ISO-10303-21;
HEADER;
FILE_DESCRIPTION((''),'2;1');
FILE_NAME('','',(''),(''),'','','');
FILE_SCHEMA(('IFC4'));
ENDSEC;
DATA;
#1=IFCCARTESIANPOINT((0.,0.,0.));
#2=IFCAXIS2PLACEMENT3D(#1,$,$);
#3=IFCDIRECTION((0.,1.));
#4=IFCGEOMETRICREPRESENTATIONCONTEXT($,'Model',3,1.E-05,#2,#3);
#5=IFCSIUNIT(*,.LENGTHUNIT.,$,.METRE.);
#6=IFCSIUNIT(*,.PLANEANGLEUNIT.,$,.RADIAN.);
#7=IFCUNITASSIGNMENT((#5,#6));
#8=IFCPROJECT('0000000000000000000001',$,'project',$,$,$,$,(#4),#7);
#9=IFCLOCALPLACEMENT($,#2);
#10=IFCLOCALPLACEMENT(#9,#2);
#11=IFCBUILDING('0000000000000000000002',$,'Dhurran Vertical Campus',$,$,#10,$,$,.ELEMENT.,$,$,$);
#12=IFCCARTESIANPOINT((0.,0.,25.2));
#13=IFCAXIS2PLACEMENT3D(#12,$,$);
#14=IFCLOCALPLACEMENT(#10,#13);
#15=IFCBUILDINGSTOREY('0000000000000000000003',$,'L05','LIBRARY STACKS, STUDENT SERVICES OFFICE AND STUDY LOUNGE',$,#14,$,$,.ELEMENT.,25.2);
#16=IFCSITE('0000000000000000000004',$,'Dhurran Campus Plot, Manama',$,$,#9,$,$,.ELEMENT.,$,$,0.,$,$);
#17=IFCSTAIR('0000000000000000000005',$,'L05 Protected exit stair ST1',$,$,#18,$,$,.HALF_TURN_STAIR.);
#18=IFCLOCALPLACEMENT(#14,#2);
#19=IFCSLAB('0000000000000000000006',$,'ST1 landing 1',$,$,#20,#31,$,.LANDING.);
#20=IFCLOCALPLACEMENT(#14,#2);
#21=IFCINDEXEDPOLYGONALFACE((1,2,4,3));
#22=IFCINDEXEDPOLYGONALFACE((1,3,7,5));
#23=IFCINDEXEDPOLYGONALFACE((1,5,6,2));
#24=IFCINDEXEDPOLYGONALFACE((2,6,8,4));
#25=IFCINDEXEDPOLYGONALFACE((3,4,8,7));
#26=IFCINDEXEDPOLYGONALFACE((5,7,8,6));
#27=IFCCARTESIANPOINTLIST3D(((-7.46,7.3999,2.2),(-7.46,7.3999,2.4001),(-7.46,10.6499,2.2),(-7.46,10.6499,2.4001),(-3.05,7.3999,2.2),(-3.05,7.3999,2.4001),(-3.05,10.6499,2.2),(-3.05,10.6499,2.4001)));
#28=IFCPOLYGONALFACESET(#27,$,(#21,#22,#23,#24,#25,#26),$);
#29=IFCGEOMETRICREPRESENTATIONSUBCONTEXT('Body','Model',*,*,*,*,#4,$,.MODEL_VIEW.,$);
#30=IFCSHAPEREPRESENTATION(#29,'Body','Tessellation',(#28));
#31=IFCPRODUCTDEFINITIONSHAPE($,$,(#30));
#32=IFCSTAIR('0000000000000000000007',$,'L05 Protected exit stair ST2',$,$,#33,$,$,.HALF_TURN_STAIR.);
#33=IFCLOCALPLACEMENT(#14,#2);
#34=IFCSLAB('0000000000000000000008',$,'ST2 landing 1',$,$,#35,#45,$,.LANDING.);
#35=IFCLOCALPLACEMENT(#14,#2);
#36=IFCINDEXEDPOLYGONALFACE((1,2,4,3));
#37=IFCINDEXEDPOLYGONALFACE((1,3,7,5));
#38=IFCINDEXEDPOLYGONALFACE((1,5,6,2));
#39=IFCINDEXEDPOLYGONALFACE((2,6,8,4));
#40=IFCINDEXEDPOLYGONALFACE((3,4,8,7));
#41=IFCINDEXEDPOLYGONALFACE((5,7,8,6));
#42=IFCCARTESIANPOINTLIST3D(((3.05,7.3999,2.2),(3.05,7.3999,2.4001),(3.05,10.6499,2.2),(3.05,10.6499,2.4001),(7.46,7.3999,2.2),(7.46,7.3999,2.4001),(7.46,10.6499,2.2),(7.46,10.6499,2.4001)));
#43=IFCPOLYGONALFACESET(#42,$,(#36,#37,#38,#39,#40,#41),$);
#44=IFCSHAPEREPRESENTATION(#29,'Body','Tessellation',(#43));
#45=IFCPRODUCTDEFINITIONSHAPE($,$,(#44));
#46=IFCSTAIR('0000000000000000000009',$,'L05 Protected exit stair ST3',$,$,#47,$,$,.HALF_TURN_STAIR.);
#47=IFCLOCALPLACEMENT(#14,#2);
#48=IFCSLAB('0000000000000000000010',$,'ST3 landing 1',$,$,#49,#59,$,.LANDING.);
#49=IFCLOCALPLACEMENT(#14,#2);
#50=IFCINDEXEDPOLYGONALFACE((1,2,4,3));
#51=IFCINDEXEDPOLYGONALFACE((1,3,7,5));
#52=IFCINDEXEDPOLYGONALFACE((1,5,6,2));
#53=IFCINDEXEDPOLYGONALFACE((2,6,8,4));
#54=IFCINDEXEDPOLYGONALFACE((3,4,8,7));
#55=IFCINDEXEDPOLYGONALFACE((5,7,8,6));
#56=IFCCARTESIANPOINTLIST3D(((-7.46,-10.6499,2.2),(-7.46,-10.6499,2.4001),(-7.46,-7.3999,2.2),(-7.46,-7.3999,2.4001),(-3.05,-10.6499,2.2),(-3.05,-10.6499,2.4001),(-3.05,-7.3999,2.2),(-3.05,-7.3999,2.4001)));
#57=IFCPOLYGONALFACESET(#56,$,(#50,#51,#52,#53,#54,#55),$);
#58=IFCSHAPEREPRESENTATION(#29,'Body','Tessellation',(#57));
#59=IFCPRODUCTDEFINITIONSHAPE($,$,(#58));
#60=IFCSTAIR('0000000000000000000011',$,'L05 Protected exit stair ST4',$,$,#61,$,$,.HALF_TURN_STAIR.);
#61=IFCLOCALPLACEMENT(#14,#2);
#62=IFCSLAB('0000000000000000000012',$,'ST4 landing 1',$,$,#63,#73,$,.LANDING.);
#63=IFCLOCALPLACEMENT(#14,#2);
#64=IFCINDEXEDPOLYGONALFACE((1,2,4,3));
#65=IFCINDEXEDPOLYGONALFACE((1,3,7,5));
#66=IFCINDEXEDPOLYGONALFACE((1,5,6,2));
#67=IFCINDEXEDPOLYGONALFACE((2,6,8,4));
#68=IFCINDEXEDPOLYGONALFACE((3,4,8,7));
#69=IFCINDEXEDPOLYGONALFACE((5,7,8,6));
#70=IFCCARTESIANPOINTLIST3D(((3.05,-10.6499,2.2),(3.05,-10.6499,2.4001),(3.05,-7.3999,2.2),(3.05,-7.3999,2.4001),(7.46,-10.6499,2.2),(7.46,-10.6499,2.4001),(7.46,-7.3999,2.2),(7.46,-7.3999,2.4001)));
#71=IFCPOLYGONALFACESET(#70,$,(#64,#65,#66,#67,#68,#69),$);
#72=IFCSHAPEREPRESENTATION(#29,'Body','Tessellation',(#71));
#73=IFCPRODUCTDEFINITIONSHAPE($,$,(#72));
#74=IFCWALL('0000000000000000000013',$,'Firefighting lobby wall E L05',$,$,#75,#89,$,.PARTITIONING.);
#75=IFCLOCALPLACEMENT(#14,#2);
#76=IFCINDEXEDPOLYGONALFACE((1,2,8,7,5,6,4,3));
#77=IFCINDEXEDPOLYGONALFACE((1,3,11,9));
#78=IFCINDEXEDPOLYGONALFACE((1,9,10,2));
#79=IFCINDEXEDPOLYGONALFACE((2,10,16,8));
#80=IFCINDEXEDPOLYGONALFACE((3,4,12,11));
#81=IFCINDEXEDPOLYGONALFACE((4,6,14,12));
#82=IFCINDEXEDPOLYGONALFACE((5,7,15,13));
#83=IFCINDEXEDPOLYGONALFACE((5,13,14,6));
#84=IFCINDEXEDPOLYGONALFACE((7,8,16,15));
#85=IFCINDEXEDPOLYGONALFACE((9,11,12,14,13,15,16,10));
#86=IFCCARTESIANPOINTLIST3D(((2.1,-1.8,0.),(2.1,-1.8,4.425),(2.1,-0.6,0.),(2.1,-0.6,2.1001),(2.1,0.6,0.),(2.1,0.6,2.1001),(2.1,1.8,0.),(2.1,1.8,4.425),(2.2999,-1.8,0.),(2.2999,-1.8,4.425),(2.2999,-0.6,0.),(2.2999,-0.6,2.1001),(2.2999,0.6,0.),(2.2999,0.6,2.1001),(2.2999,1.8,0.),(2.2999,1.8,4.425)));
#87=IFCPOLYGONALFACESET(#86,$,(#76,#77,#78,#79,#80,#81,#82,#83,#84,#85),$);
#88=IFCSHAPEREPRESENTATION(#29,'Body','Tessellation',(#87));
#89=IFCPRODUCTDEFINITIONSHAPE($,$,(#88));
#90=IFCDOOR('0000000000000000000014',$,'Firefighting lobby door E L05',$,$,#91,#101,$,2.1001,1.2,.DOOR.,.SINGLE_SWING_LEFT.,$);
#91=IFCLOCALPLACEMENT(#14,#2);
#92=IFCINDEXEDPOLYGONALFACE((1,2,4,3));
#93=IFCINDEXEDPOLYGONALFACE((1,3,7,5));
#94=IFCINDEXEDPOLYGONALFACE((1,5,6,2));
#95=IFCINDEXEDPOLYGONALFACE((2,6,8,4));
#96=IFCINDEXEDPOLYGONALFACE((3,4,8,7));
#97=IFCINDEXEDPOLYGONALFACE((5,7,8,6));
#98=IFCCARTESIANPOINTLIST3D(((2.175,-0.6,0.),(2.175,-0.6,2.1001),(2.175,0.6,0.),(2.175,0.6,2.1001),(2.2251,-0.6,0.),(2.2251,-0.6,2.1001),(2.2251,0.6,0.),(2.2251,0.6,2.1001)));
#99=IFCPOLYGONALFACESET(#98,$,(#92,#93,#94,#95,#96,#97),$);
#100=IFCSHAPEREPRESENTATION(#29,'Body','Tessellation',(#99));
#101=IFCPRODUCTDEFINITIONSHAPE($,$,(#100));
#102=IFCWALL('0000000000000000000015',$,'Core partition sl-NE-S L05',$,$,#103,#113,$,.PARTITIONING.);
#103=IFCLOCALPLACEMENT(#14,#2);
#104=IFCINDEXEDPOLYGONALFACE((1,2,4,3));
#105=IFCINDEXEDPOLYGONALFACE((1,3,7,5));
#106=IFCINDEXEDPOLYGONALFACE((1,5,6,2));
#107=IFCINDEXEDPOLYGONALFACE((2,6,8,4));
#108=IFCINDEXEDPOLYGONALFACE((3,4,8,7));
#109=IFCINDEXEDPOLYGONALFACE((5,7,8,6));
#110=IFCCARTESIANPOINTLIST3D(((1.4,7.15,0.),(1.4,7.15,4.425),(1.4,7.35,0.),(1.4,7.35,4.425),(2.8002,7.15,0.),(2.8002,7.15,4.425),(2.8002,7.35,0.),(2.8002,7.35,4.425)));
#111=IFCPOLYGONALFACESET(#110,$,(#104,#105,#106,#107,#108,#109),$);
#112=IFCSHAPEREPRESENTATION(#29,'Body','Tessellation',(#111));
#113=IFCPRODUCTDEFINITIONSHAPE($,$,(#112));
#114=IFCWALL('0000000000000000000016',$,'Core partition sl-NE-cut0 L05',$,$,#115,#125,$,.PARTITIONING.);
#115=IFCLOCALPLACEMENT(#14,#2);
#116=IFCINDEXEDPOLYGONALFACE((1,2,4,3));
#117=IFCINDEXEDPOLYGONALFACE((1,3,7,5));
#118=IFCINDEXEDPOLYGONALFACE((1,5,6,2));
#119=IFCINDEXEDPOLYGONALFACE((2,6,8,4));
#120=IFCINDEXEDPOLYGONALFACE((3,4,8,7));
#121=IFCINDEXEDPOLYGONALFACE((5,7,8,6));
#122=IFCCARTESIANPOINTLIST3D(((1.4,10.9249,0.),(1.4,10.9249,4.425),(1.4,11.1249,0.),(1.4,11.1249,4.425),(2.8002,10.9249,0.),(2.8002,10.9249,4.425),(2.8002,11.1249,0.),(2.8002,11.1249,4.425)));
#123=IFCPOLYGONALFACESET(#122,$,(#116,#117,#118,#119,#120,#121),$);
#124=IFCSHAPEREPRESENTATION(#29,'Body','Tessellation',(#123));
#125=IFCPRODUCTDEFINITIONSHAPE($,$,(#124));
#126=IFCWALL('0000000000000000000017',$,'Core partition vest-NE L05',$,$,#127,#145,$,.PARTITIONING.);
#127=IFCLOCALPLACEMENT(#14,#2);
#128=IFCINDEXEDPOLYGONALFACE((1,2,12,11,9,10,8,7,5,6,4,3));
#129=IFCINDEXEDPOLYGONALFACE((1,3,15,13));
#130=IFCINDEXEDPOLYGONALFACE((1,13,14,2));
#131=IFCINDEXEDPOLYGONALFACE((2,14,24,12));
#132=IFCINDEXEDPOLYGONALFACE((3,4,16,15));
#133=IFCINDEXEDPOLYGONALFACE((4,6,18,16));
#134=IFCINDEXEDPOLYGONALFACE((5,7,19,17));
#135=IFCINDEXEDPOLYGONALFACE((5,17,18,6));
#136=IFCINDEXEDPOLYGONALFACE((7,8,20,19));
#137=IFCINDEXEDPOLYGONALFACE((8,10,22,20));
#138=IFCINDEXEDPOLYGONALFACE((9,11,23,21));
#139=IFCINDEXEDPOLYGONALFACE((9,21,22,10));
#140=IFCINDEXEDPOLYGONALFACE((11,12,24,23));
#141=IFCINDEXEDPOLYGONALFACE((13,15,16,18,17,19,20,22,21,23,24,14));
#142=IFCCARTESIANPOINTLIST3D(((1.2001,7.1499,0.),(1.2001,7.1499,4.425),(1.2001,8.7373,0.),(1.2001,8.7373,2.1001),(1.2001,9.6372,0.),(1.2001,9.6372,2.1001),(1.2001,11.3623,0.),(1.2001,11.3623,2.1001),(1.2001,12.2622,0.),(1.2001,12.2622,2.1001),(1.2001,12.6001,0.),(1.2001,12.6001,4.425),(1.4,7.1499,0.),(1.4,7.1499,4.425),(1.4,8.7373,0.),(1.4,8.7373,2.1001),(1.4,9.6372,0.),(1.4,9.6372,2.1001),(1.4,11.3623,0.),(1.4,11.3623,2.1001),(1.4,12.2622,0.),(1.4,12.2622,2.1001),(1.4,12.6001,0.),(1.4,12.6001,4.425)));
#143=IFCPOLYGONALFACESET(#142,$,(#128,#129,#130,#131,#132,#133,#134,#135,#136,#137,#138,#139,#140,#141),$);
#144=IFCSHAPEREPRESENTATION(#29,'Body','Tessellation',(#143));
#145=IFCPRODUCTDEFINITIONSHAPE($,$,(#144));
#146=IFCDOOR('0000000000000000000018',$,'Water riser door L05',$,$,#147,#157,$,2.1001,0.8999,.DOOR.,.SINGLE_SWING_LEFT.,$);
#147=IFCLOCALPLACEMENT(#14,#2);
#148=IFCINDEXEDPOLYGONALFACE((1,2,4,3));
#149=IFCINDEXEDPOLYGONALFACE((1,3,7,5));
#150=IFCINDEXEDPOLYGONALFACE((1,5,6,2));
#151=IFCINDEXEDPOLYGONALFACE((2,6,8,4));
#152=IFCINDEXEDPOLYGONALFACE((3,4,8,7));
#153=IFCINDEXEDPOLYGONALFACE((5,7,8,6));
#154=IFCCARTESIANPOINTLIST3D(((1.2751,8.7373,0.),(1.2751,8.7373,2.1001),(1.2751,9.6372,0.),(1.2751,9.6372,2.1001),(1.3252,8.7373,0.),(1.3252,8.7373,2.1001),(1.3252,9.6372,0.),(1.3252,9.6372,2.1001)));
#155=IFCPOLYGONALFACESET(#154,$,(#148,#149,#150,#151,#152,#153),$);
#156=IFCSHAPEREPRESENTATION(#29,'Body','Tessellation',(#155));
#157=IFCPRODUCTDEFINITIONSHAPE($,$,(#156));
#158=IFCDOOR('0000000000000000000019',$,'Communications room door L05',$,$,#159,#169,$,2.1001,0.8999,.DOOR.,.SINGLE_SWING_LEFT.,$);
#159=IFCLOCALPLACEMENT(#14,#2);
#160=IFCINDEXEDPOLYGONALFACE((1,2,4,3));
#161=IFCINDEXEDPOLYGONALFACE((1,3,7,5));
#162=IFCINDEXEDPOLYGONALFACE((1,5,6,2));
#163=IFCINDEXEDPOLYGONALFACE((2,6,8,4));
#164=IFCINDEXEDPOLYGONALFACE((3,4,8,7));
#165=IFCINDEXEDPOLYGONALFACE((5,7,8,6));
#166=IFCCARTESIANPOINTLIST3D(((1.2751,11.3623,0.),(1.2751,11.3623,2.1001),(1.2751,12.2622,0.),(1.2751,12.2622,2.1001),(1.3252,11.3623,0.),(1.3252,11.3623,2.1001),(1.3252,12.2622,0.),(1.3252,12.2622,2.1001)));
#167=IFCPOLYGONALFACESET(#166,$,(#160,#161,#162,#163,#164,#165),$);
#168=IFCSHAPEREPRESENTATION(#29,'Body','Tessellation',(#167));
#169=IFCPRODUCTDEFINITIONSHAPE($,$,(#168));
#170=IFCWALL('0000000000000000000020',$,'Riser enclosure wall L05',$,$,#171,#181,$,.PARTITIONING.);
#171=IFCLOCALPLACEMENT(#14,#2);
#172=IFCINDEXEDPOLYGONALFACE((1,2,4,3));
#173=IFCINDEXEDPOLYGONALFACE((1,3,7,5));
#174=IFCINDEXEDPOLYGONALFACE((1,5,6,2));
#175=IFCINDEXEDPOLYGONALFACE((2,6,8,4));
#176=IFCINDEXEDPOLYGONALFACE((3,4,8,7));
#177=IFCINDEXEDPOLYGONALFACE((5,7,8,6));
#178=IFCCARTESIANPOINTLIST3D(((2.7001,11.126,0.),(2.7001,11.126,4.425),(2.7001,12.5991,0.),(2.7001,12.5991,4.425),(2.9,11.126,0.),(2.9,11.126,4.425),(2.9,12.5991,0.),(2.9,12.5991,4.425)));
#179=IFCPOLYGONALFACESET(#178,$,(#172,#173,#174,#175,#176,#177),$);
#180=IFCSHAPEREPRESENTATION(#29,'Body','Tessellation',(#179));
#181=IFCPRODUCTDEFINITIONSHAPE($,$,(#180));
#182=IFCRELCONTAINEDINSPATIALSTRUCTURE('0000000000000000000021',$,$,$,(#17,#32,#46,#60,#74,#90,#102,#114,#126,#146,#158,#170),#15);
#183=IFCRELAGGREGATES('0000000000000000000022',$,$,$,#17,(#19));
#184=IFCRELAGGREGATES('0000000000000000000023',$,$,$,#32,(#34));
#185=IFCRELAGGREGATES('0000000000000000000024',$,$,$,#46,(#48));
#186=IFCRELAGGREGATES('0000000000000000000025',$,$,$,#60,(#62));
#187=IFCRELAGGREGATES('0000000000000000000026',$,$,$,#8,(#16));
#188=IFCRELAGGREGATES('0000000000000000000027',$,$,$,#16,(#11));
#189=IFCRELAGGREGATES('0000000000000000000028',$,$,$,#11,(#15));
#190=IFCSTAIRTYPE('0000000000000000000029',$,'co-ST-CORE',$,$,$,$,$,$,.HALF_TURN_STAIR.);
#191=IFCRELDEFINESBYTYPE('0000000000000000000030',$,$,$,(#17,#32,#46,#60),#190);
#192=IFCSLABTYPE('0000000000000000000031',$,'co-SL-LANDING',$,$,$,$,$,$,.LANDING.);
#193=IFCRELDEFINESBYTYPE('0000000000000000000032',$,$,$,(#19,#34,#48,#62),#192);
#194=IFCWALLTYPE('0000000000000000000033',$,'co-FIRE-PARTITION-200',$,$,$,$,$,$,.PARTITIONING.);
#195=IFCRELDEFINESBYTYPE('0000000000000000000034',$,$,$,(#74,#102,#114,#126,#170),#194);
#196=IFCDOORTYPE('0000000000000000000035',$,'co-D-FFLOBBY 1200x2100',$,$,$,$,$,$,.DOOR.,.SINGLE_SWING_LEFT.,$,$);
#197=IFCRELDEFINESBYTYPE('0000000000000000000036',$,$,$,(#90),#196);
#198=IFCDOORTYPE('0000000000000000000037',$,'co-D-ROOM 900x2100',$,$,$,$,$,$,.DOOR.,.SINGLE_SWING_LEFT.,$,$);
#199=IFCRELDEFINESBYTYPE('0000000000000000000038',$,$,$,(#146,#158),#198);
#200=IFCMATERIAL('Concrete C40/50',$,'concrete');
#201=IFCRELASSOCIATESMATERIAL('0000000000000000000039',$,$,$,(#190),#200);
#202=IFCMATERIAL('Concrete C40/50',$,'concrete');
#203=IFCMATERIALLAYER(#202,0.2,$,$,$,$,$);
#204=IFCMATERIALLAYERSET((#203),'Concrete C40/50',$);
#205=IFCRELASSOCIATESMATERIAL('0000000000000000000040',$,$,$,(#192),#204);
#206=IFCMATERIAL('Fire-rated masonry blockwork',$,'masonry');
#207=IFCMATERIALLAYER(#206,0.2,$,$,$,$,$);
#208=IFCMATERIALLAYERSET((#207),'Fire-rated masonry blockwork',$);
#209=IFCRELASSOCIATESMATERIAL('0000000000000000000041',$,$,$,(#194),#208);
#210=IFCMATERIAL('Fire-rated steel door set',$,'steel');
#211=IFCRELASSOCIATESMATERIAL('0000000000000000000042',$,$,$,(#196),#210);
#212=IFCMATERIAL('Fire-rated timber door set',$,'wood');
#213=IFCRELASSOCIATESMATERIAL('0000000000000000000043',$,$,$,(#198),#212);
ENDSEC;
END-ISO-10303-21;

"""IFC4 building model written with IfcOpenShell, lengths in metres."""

from ifc_helpers import new_model, si_unit, direction, frame, frame_2d, origin, place, context, subcontext, project, spatial, polyline, rectangle, outline, extrude, material, layer, layer_set, type_object, element, fill, aggregate, save


model = new_model("IFC4")

# Units and contexts
model_context = context("Model", 3, precision=1e-05, world=origin(), true_north=direction((0.0, 1.0)))
body_context = subcontext(model_context, "Body", "Model", "MODEL_VIEW")
ifc_project = project(units=[si_unit("LENGTHUNIT", "METRE"), si_unit("PLANEANGLEUNIT", "RADIAN")], contexts=[model_context])

# Site, building, storey
site_placement = place(None, origin())
site = spatial("IfcSite", under=ifc_project, at=site_placement, Name="Dhurran Campus Plot, Manama", CompositionType="ELEMENT", RefElevation=0.0)
building_placement = place(site_placement, origin())
building = spatial("IfcBuilding", under=site, at=building_placement, Name="Dhurran Vertical Campus", CompositionType="ELEMENT")
storey_placement = place(building_placement, frame((0.0, 0.0, 25.2)))
storey = spatial("IfcBuildingStorey", under=building, at=storey_placement, Name="L05", Description="LIBRARY STACKS, STUDENT SERVICES OFFICE AND STUDY LOUNGE", CompositionType="ELEMENT", Elevation=25.2)

# Stairs, slabs
ifc_material_1 = material(Name="Concrete C40/50", Category="concrete")
stair_type = type_object("IfcStairType", Name="co-ST-CORE", PredefinedType="HALF_TURN_STAIR", material=ifc_material_1)
stair_1_placement = place(storey_placement, origin())
stair_1 = element("IfcStair", 1, at=stair_1_placement, inside=storey, type_object=stair_type, Name="L05 Protected exit stair ST1", PredefinedType="HALF_TURN_STAIR")
ifc_material_2 = material(Name="Concrete C40/50", Category="concrete")
ifc_layer_1 = layer(ifc_material_2, 0.2)
ifc_layer_set_1 = layer_set([ifc_layer_1], Name="Concrete C40/50")
slab_type = type_object("IfcSlabType", Name="co-SL-LANDING", PredefinedType="LANDING", material=ifc_layer_set_1)
slab_1_placement = place(storey_placement, frame((0.0, 0.0, 2.2)))
slab_1 = element("IfcSlab", 2, at=slab_1_placement, type_object=slab_type, Name="ST1 landing 1", PredefinedType="LANDING", context=body_context, shape_type="SweptSolid", body=[
    extrude(outline(polyline([(-7.46, 7.3999), (-3.05, 7.3999), (-3.05, 10.6499), (-7.46, 10.6499), (-7.46, 7.3999)])), origin(), (0.0, 0.0, 1.0), 0.2002),
])
aggregate(stair_1, [slab_1])
stair_2_placement = place(storey_placement, origin())
stair_2 = element("IfcStair", 3, at=stair_2_placement, inside=storey, type_object=stair_type, Name="L05 Protected exit stair ST2", PredefinedType="HALF_TURN_STAIR")
slab_2_placement = place(storey_placement, frame((0.0, 0.0, 2.2)))
slab_2 = element("IfcSlab", 4, at=slab_2_placement, type_object=slab_type, Name="ST2 landing 1", PredefinedType="LANDING", context=body_context, shape_type="SweptSolid", body=[
    extrude(outline(polyline([(7.46, 10.6499), (3.05, 10.6499), (3.05, 7.3999), (7.46, 7.3999), (7.46, 10.6499)])), origin(), (0.0, 0.0, 1.0), 0.2002),
])
aggregate(stair_2, [slab_2])
stair_3_placement = place(storey_placement, origin())
stair_3 = element("IfcStair", 5, at=stair_3_placement, inside=storey, type_object=stair_type, Name="L05 Protected exit stair ST3", PredefinedType="HALF_TURN_STAIR")
slab_3_placement = place(storey_placement, frame((0.0, 0.0, 2.2)))
slab_3 = element("IfcSlab", 6, at=slab_3_placement, type_object=slab_type, Name="ST3 landing 1", PredefinedType="LANDING", context=body_context, shape_type="SweptSolid", body=[
    extrude(outline(polyline([(-7.46, -10.6499), (-3.05, -10.6499), (-3.05, -7.3999), (-7.46, -7.3999), (-7.46, -10.6499)])), origin(), (0.0, 0.0, 1.0), 0.2002),
])
aggregate(stair_3, [slab_3])
stair_4_placement = place(storey_placement, origin())
stair_4 = element("IfcStair", 7, at=stair_4_placement, inside=storey, type_object=stair_type, Name="L05 Protected exit stair ST4", PredefinedType="HALF_TURN_STAIR")
slab_4_placement = place(storey_placement, frame((0.0, 0.0, 2.2)))
slab_4 = element("IfcSlab", 8, at=slab_4_placement, type_object=slab_type, Name="ST4 landing 1", PredefinedType="LANDING", context=body_context, shape_type="SweptSolid", body=[
    extrude(outline(polyline([(7.46, -7.3999), (3.05, -7.3999), (3.05, -10.6499), (7.46, -10.6499), (7.46, -7.3999)])), origin(), (0.0, 0.0, 1.0), 0.2002),
])
aggregate(stair_4, [slab_4])

# Wall, opening, door
ifc_material_3 = material(Name="Fire-rated masonry blockwork", Category="masonry")
ifc_layer_2 = layer(ifc_material_3, 0.2)
ifc_layer_set_2 = layer_set([ifc_layer_2], Name="Fire-rated masonry blockwork")
wall_type_1 = type_object("IfcWallType", Name="co-FIRE-PARTITION-200", PredefinedType="PARTITIONING", material=ifc_layer_set_2)
wall_1_placement = place(storey_placement, frame((2.2, -1.8, 0.0), z_axis=(0.0, 0.0, 1.0), x_axis=(0.0, 1.0, 0.0)))
wall_1 = element("IfcWall", 9, at=wall_1_placement, inside=storey, type_object=wall_type_1, Name="Firefighting lobby wall E L05", PredefinedType="PARTITIONING", context=body_context, shape_type="SweptSolid", body=[
    extrude(rectangle(XDim=3.6001, YDim=0.2, at=frame_2d((1.8, 0.0))), origin(), (0.0, 0.0, 1.0), 4.425),
])
opening_1_placement = place(wall_1_placement, frame((1.2, 0.0, 0.0)))
opening_1 = element("IfcOpeningElement", 10, at=opening_1_placement, cuts=wall_1, PredefinedType="OPENING", context=body_context, shape_type="SweptSolid", body=[
    extrude(rectangle(XDim=1.2, YDim=2.1001, at=frame_2d((0.6001, 1.05))), frame((0.0, 0.1099, 0.0), z_axis=(0.0, -1.0, 0.0), x_axis=(1.0, 0.0, 0.0)), (0.0, 0.0, 1.0), 0.22),
])
ifc_material_4 = material(Name="Fire-rated steel door set", Category="steel")
door_type_1 = type_object("IfcDoorType", Name="co-D-FFLOBBY 1200x2100", OperationType="SINGLE_SWING_LEFT", PredefinedType="DOOR", material=ifc_material_4)
door_1_placement = place(opening_1_placement, origin())
door_1 = element("IfcDoor", 11, at=door_1_placement, inside=storey, type_object=door_type_1, Name="Firefighting lobby door E L05", OperationType="SINGLE_SWING_LEFT", OverallHeight=2.1001, OverallWidth=1.2, PredefinedType="DOOR", context=body_context, shape_type="SweptSolid", body=[
    extrude(rectangle(XDim=1.2, YDim=2.1001, at=frame_2d((0.6001, 1.05))), frame((0.0, 0.0249, 0.0), z_axis=(0.0, -1.0, 0.0), x_axis=(1.0, 0.0, 0.0)), (0.0, 0.0, 1.0), 0.05),
])
fill(opening_1, door_1)

# Walls
for number, where, z_axis, x_axis, name in (
    (12, (1.3999, 7.25, 0.0), (0.0, 0.0, 1.0), (1.0, 0.0, 0.0), "Core partition sl-NE-S L05"),
    (13, (1.3999, 11.0249, 0.0), (0.0, 0.0, 1.0), (1.0, 0.0, 0.0), "Core partition sl-NE-cut0 L05"),
):
    element("IfcWall", number, at=place(storey_placement, frame(where, z_axis=z_axis, x_axis=x_axis)), inside=storey, type_object=wall_type_1, Name=name, PredefinedType="PARTITIONING", context=body_context, shape_type="SweptSolid", body=[
        extrude(rectangle(XDim=1.4001, YDim=0.2, at=frame_2d((0.7002, 0.0))), origin(), (0.0, 0.0, 1.0), 4.425),
    ])

# Wall, openings, doors
wall_2_placement = place(storey_placement, frame((1.3, 7.1499, 0.0), z_axis=(0.0, 0.0, 1.0), x_axis=(0.0, 1.0, 0.0)))
wall_2 = element("IfcWall", 14, at=wall_2_placement, inside=storey, type_object=wall_type_1, Name="Core partition vest-NE L05", PredefinedType="PARTITIONING", context=body_context, shape_type="SweptSolid", body=[
    extrude(rectangle(XDim=5.4502, YDim=0.2, at=frame_2d((2.7251, 0.0))), origin(), (0.0, 0.0, 1.0), 4.425),
])
opening_2_placement = place(wall_2_placement, frame((1.5874, 0.0, 0.0)))
opening_2 = element("IfcOpeningElement", 15, at=opening_2_placement, cuts=wall_2, PredefinedType="OPENING", context=body_context, shape_type="SweptSolid", body=[
    extrude(rectangle(XDim=0.8999, YDim=2.1001, at=frame_2d((0.45, 1.05))), frame((0.0, 0.1099, 0.0), z_axis=(0.0, -1.0, 0.0), x_axis=(1.0, 0.0, 0.0)), (0.0, 0.0, 1.0), 0.22),
])
opening_3_placement = place(wall_2_placement, frame((4.2124, 0.0, 0.0)))
opening_3 = element("IfcOpeningElement", 16, at=opening_3_placement, cuts=wall_2, PredefinedType="OPENING", context=body_context, shape_type="SweptSolid", body=[
    extrude(rectangle(XDim=0.8999, YDim=2.1001, at=frame_2d((0.45, 1.05))), frame((0.0, 0.1099, 0.0), z_axis=(0.0, -1.0, 0.0), x_axis=(1.0, 0.0, 0.0)), (0.0, 0.0, 1.0), 0.22),
])
ifc_material_5 = material(Name="Fire-rated timber door set", Category="wood")
door_type_2 = type_object("IfcDoorType", Name="co-D-ROOM 900x2100", OperationType="SINGLE_SWING_LEFT", PredefinedType="DOOR", material=ifc_material_5)
door_2_placement = place(opening_2_placement, origin())
door_2 = element("IfcDoor", 17, at=door_2_placement, inside=storey, type_object=door_type_2, Name="Water riser door L05", OperationType="SINGLE_SWING_LEFT", OverallHeight=2.1001, OverallWidth=0.8999, PredefinedType="DOOR", context=body_context, shape_type="SweptSolid", body=[
    extrude(rectangle(XDim=0.8999, YDim=2.1001, at=frame_2d((0.45, 1.05))), frame((0.0, 0.0249, 0.0), z_axis=(0.0, -1.0, 0.0), x_axis=(1.0, 0.0, 0.0)), (0.0, 0.0, 1.0), 0.05),
])
fill(opening_2, door_2)
door_3_placement = place(opening_3_placement, origin())
door_3 = element("IfcDoor", 18, at=door_3_placement, inside=storey, type_object=door_type_2, Name="Communications room door L05", OperationType="SINGLE_SWING_LEFT", OverallHeight=2.1001, OverallWidth=0.8999, PredefinedType="DOOR", context=body_context, shape_type="SweptSolid", body=[
    extrude(rectangle(XDim=0.8999, YDim=2.1001, at=frame_2d((0.45, 1.05))), frame((0.0, 0.0249, 0.0), z_axis=(0.0, -1.0, 0.0), x_axis=(1.0, 0.0, 0.0)), (0.0, 0.0, 1.0), 0.05),
])
fill(opening_3, door_3)

# Wall
wall_3_placement = place(storey_placement, frame((2.8, 12.5991, 0.0), z_axis=(0.0, 0.0, 1.0), x_axis=(0.0, -1.0, 0.0)))
element("IfcWall", 19, at=wall_3_placement, inside=storey, type_object=wall_type_1, Name="Riser enclosure wall L05", PredefinedType="PARTITIONING", context=body_context, shape_type="SweptSolid", body=[
    extrude(rectangle(XDim=1.4731, YDim=0.2, at=frame_2d((0.7366, 0.0))), origin(), (0.0, 0.0, 1.0), 4.425),
])

save(model, "model.ifc")
